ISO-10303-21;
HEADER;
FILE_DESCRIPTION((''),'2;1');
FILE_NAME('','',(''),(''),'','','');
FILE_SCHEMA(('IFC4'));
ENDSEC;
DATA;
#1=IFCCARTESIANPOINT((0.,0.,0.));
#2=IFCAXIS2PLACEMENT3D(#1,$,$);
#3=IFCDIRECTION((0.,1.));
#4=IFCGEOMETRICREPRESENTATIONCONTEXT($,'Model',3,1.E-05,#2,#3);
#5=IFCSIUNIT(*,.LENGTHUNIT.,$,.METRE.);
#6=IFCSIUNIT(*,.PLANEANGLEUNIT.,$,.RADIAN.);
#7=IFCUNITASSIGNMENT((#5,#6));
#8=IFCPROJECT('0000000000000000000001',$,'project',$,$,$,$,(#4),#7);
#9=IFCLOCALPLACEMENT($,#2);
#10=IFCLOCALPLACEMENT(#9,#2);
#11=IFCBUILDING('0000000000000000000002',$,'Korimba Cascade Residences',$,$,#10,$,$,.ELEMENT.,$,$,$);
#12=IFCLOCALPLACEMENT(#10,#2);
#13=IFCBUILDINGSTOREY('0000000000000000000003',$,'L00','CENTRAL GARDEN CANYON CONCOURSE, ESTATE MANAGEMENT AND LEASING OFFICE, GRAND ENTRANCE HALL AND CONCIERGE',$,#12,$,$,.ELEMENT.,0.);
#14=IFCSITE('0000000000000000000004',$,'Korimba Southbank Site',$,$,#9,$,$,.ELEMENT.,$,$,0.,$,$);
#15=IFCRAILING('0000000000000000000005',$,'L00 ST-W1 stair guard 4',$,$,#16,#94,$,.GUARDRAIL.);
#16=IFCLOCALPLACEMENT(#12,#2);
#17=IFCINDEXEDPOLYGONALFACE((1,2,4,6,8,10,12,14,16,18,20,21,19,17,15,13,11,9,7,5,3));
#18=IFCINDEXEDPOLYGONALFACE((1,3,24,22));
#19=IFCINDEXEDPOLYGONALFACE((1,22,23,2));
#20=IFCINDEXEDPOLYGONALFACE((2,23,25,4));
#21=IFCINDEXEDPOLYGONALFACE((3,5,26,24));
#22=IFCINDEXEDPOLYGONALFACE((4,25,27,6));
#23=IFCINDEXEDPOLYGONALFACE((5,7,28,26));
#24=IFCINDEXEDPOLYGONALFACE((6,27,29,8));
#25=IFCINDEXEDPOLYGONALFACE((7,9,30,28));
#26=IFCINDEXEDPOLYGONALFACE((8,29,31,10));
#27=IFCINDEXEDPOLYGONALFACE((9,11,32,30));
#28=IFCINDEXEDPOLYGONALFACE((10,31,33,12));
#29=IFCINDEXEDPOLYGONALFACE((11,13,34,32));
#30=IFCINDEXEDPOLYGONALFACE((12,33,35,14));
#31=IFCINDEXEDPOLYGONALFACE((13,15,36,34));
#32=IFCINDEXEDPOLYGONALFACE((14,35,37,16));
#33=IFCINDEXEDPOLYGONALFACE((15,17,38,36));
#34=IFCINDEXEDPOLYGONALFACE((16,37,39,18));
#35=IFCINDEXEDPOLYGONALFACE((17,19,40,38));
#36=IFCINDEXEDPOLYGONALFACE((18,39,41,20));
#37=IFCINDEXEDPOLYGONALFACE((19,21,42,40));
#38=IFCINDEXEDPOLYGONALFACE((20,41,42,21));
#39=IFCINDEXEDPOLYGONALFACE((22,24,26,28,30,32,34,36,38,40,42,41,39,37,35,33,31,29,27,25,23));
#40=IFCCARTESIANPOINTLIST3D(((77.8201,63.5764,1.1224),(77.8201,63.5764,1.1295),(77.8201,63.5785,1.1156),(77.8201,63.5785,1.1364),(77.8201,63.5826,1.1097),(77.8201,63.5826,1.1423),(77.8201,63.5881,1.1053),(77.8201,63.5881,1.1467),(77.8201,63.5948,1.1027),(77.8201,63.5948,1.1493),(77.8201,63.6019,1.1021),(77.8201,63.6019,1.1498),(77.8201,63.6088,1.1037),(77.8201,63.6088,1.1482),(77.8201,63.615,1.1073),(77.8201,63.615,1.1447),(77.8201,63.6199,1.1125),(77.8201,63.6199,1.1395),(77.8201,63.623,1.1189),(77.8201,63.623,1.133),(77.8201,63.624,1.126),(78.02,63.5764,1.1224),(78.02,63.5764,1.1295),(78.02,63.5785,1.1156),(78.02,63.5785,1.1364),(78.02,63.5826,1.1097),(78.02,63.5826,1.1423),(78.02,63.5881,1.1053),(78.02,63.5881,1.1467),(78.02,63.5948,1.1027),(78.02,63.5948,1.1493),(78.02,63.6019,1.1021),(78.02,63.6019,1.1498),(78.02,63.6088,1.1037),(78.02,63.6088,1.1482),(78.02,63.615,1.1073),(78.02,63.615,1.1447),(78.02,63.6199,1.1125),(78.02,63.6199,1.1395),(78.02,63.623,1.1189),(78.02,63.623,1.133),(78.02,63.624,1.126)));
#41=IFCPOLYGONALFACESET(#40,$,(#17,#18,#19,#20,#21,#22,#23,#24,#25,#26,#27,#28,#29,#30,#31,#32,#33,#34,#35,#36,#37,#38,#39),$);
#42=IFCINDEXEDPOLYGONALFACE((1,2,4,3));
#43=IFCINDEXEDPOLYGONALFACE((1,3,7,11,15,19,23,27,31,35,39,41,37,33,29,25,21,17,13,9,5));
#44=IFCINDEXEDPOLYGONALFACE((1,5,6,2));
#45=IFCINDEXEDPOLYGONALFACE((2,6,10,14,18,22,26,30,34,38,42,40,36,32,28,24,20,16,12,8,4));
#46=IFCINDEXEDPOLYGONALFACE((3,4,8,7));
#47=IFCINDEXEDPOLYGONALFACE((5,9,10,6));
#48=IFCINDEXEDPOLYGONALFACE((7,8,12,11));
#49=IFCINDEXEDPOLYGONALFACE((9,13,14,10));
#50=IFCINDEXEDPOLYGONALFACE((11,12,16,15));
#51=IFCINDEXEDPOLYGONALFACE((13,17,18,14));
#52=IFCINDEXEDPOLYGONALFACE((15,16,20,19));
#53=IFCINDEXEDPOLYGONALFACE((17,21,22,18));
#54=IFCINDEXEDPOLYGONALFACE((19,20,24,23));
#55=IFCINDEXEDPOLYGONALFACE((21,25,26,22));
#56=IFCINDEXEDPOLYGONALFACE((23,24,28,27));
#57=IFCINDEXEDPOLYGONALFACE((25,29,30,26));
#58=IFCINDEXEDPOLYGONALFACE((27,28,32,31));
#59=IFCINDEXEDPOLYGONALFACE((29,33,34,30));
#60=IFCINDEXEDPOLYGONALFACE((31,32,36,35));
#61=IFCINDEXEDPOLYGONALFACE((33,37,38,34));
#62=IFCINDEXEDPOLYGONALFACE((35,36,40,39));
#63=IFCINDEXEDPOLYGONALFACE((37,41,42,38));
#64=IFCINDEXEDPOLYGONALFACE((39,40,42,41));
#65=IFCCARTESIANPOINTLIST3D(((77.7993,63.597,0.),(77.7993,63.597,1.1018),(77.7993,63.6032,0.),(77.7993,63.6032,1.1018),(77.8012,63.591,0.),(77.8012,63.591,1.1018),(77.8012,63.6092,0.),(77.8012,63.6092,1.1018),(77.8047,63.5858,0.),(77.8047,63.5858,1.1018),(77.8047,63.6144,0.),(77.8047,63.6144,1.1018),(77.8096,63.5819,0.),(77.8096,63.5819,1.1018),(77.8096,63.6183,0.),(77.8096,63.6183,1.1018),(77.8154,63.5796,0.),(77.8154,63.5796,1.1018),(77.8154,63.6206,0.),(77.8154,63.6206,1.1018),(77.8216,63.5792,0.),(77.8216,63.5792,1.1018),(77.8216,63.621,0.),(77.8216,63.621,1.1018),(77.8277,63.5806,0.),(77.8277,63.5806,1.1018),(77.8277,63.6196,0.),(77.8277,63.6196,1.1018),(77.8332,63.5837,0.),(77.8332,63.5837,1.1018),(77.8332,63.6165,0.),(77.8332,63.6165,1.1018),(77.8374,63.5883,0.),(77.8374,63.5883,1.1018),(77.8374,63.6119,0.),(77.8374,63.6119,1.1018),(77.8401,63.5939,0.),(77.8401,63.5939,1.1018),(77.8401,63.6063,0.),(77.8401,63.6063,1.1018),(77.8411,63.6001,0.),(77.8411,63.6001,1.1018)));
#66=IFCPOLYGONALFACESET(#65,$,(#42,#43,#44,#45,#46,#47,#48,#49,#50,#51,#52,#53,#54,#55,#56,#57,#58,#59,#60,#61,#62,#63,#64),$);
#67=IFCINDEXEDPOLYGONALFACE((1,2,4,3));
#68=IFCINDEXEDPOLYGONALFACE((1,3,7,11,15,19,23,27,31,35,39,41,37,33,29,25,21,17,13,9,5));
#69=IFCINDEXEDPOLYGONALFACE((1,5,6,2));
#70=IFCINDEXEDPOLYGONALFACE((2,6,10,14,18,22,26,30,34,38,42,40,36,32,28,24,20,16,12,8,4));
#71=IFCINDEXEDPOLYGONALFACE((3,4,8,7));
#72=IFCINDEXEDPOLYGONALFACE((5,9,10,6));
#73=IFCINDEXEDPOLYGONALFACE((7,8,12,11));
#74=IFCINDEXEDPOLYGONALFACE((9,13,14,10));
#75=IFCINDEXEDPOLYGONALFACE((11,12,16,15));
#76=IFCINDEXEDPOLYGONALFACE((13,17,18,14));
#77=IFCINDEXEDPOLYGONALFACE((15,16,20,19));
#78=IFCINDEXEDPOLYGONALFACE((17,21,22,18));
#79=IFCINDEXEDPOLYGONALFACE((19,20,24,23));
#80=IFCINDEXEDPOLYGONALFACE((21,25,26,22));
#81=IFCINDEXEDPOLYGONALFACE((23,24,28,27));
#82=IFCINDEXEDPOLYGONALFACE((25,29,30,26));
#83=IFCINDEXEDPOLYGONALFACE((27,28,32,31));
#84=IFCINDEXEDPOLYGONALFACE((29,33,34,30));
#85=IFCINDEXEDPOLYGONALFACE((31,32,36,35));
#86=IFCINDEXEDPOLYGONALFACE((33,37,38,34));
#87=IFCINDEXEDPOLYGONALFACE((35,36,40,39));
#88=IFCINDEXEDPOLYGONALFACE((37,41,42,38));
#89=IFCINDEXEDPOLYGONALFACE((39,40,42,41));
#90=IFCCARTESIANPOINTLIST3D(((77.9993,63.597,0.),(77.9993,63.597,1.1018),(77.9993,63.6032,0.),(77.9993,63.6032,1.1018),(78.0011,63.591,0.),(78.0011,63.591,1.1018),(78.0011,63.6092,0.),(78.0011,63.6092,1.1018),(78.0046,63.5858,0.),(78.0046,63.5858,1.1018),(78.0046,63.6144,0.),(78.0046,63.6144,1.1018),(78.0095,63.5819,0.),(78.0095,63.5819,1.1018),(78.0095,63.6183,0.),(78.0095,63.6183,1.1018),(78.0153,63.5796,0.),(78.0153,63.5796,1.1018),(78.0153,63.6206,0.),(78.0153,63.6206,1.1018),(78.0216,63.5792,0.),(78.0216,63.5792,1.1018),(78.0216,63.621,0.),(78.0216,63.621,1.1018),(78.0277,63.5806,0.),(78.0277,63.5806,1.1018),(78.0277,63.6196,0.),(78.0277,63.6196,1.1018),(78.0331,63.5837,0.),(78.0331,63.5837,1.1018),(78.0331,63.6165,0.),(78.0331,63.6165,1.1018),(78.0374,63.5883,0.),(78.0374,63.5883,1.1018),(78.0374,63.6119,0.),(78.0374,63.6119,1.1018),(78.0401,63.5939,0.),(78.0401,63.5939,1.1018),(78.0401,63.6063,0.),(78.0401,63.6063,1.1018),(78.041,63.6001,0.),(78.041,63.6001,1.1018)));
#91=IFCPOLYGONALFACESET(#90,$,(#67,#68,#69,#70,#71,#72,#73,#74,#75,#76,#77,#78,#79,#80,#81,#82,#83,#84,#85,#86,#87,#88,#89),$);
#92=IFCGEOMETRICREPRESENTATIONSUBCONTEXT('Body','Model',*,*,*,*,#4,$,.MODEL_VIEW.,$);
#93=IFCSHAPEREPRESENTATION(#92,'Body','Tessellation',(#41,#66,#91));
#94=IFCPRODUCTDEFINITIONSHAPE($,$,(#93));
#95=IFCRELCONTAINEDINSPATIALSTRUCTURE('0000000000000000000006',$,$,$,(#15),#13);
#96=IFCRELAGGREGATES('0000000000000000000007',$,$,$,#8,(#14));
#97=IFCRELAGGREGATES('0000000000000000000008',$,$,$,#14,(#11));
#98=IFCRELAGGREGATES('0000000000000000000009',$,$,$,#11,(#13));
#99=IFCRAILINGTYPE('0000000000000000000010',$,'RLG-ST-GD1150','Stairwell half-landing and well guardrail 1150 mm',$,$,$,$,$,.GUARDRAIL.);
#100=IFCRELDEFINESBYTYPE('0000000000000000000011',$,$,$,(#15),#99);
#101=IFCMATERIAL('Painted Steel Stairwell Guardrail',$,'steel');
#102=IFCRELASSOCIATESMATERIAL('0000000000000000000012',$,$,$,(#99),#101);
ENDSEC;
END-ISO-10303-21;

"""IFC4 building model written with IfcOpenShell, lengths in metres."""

from ifc_helpers import new_model, si_unit, direction, frame, origin, origin_2d, place, context, subcontext, project, spatial, circle, extrude, material, type_object, element, save


model = new_model("IFC4")

# Units and contexts
model_context = context("Model", 3, precision=1e-05, world=origin(), true_north=direction((0.0, 1.0)))
body_context = subcontext(model_context, "Body", "Model", "MODEL_VIEW")
ifc_project = project(units=[si_unit("LENGTHUNIT", "METRE"), si_unit("PLANEANGLEUNIT", "RADIAN")], contexts=[model_context])

# Site, building, storey
site_placement = place(None, origin())
site = spatial("IfcSite", under=ifc_project, at=site_placement, Name="Korimba Southbank Site", CompositionType="ELEMENT", RefElevation=0.0)
building_placement = place(site_placement, origin())
building = spatial("IfcBuilding", under=site, at=building_placement, Name="Korimba Cascade Residences", CompositionType="ELEMENT")
storey_placement = place(building_placement, origin())
storey = spatial("IfcBuildingStorey", under=building, at=storey_placement, Name="L00", Description="CENTRAL GARDEN CANYON CONCOURSE, ESTATE MANAGEMENT AND LEASING OFFICE, GRAND ENTRANCE HALL AND CONCIERGE", CompositionType="ELEMENT", Elevation=0.0)

# Railing
ifc_material_1 = material(Name="Painted Steel Stairwell Guardrail", Category="steel")
railing_type_1 = type_object("IfcRailingType", Name="RLG-ST-GD1150", Description="Stairwell half-landing and well guardrail 1150 mm", PredefinedType="GUARDRAIL", material=ifc_material_1)
railing_1_placement = place(storey_placement, frame((77.8201, 63.6001, 0.0)))
element("IfcRailing", 1, at=railing_1_placement, inside=storey, type_object=railing_type_1, Name="L00 ST-W1 stair guard 4", PredefinedType="GUARDRAIL", context=body_context, shape_type="SweptSolid", body=[
    extrude(circle(Radius=0.0239, at=origin_2d()), frame((0.0, 0.0, 1.126), z_axis=(1.0, 0.0, 0.0), x_axis=(0.0, 1.0, 0.0)), (0.0, 0.0, 1.0), 0.2),
    extrude(circle(Radius=0.021, at=origin_2d()), origin(), (0.0, 0.0, 1.0), 1.1018),
    extrude(circle(Radius=0.021, at=origin_2d()), frame((0.2, 0.0, 0.0)), (0.0, 0.0, 1.0), 1.1018),
])

save(model, "model.ifc")
